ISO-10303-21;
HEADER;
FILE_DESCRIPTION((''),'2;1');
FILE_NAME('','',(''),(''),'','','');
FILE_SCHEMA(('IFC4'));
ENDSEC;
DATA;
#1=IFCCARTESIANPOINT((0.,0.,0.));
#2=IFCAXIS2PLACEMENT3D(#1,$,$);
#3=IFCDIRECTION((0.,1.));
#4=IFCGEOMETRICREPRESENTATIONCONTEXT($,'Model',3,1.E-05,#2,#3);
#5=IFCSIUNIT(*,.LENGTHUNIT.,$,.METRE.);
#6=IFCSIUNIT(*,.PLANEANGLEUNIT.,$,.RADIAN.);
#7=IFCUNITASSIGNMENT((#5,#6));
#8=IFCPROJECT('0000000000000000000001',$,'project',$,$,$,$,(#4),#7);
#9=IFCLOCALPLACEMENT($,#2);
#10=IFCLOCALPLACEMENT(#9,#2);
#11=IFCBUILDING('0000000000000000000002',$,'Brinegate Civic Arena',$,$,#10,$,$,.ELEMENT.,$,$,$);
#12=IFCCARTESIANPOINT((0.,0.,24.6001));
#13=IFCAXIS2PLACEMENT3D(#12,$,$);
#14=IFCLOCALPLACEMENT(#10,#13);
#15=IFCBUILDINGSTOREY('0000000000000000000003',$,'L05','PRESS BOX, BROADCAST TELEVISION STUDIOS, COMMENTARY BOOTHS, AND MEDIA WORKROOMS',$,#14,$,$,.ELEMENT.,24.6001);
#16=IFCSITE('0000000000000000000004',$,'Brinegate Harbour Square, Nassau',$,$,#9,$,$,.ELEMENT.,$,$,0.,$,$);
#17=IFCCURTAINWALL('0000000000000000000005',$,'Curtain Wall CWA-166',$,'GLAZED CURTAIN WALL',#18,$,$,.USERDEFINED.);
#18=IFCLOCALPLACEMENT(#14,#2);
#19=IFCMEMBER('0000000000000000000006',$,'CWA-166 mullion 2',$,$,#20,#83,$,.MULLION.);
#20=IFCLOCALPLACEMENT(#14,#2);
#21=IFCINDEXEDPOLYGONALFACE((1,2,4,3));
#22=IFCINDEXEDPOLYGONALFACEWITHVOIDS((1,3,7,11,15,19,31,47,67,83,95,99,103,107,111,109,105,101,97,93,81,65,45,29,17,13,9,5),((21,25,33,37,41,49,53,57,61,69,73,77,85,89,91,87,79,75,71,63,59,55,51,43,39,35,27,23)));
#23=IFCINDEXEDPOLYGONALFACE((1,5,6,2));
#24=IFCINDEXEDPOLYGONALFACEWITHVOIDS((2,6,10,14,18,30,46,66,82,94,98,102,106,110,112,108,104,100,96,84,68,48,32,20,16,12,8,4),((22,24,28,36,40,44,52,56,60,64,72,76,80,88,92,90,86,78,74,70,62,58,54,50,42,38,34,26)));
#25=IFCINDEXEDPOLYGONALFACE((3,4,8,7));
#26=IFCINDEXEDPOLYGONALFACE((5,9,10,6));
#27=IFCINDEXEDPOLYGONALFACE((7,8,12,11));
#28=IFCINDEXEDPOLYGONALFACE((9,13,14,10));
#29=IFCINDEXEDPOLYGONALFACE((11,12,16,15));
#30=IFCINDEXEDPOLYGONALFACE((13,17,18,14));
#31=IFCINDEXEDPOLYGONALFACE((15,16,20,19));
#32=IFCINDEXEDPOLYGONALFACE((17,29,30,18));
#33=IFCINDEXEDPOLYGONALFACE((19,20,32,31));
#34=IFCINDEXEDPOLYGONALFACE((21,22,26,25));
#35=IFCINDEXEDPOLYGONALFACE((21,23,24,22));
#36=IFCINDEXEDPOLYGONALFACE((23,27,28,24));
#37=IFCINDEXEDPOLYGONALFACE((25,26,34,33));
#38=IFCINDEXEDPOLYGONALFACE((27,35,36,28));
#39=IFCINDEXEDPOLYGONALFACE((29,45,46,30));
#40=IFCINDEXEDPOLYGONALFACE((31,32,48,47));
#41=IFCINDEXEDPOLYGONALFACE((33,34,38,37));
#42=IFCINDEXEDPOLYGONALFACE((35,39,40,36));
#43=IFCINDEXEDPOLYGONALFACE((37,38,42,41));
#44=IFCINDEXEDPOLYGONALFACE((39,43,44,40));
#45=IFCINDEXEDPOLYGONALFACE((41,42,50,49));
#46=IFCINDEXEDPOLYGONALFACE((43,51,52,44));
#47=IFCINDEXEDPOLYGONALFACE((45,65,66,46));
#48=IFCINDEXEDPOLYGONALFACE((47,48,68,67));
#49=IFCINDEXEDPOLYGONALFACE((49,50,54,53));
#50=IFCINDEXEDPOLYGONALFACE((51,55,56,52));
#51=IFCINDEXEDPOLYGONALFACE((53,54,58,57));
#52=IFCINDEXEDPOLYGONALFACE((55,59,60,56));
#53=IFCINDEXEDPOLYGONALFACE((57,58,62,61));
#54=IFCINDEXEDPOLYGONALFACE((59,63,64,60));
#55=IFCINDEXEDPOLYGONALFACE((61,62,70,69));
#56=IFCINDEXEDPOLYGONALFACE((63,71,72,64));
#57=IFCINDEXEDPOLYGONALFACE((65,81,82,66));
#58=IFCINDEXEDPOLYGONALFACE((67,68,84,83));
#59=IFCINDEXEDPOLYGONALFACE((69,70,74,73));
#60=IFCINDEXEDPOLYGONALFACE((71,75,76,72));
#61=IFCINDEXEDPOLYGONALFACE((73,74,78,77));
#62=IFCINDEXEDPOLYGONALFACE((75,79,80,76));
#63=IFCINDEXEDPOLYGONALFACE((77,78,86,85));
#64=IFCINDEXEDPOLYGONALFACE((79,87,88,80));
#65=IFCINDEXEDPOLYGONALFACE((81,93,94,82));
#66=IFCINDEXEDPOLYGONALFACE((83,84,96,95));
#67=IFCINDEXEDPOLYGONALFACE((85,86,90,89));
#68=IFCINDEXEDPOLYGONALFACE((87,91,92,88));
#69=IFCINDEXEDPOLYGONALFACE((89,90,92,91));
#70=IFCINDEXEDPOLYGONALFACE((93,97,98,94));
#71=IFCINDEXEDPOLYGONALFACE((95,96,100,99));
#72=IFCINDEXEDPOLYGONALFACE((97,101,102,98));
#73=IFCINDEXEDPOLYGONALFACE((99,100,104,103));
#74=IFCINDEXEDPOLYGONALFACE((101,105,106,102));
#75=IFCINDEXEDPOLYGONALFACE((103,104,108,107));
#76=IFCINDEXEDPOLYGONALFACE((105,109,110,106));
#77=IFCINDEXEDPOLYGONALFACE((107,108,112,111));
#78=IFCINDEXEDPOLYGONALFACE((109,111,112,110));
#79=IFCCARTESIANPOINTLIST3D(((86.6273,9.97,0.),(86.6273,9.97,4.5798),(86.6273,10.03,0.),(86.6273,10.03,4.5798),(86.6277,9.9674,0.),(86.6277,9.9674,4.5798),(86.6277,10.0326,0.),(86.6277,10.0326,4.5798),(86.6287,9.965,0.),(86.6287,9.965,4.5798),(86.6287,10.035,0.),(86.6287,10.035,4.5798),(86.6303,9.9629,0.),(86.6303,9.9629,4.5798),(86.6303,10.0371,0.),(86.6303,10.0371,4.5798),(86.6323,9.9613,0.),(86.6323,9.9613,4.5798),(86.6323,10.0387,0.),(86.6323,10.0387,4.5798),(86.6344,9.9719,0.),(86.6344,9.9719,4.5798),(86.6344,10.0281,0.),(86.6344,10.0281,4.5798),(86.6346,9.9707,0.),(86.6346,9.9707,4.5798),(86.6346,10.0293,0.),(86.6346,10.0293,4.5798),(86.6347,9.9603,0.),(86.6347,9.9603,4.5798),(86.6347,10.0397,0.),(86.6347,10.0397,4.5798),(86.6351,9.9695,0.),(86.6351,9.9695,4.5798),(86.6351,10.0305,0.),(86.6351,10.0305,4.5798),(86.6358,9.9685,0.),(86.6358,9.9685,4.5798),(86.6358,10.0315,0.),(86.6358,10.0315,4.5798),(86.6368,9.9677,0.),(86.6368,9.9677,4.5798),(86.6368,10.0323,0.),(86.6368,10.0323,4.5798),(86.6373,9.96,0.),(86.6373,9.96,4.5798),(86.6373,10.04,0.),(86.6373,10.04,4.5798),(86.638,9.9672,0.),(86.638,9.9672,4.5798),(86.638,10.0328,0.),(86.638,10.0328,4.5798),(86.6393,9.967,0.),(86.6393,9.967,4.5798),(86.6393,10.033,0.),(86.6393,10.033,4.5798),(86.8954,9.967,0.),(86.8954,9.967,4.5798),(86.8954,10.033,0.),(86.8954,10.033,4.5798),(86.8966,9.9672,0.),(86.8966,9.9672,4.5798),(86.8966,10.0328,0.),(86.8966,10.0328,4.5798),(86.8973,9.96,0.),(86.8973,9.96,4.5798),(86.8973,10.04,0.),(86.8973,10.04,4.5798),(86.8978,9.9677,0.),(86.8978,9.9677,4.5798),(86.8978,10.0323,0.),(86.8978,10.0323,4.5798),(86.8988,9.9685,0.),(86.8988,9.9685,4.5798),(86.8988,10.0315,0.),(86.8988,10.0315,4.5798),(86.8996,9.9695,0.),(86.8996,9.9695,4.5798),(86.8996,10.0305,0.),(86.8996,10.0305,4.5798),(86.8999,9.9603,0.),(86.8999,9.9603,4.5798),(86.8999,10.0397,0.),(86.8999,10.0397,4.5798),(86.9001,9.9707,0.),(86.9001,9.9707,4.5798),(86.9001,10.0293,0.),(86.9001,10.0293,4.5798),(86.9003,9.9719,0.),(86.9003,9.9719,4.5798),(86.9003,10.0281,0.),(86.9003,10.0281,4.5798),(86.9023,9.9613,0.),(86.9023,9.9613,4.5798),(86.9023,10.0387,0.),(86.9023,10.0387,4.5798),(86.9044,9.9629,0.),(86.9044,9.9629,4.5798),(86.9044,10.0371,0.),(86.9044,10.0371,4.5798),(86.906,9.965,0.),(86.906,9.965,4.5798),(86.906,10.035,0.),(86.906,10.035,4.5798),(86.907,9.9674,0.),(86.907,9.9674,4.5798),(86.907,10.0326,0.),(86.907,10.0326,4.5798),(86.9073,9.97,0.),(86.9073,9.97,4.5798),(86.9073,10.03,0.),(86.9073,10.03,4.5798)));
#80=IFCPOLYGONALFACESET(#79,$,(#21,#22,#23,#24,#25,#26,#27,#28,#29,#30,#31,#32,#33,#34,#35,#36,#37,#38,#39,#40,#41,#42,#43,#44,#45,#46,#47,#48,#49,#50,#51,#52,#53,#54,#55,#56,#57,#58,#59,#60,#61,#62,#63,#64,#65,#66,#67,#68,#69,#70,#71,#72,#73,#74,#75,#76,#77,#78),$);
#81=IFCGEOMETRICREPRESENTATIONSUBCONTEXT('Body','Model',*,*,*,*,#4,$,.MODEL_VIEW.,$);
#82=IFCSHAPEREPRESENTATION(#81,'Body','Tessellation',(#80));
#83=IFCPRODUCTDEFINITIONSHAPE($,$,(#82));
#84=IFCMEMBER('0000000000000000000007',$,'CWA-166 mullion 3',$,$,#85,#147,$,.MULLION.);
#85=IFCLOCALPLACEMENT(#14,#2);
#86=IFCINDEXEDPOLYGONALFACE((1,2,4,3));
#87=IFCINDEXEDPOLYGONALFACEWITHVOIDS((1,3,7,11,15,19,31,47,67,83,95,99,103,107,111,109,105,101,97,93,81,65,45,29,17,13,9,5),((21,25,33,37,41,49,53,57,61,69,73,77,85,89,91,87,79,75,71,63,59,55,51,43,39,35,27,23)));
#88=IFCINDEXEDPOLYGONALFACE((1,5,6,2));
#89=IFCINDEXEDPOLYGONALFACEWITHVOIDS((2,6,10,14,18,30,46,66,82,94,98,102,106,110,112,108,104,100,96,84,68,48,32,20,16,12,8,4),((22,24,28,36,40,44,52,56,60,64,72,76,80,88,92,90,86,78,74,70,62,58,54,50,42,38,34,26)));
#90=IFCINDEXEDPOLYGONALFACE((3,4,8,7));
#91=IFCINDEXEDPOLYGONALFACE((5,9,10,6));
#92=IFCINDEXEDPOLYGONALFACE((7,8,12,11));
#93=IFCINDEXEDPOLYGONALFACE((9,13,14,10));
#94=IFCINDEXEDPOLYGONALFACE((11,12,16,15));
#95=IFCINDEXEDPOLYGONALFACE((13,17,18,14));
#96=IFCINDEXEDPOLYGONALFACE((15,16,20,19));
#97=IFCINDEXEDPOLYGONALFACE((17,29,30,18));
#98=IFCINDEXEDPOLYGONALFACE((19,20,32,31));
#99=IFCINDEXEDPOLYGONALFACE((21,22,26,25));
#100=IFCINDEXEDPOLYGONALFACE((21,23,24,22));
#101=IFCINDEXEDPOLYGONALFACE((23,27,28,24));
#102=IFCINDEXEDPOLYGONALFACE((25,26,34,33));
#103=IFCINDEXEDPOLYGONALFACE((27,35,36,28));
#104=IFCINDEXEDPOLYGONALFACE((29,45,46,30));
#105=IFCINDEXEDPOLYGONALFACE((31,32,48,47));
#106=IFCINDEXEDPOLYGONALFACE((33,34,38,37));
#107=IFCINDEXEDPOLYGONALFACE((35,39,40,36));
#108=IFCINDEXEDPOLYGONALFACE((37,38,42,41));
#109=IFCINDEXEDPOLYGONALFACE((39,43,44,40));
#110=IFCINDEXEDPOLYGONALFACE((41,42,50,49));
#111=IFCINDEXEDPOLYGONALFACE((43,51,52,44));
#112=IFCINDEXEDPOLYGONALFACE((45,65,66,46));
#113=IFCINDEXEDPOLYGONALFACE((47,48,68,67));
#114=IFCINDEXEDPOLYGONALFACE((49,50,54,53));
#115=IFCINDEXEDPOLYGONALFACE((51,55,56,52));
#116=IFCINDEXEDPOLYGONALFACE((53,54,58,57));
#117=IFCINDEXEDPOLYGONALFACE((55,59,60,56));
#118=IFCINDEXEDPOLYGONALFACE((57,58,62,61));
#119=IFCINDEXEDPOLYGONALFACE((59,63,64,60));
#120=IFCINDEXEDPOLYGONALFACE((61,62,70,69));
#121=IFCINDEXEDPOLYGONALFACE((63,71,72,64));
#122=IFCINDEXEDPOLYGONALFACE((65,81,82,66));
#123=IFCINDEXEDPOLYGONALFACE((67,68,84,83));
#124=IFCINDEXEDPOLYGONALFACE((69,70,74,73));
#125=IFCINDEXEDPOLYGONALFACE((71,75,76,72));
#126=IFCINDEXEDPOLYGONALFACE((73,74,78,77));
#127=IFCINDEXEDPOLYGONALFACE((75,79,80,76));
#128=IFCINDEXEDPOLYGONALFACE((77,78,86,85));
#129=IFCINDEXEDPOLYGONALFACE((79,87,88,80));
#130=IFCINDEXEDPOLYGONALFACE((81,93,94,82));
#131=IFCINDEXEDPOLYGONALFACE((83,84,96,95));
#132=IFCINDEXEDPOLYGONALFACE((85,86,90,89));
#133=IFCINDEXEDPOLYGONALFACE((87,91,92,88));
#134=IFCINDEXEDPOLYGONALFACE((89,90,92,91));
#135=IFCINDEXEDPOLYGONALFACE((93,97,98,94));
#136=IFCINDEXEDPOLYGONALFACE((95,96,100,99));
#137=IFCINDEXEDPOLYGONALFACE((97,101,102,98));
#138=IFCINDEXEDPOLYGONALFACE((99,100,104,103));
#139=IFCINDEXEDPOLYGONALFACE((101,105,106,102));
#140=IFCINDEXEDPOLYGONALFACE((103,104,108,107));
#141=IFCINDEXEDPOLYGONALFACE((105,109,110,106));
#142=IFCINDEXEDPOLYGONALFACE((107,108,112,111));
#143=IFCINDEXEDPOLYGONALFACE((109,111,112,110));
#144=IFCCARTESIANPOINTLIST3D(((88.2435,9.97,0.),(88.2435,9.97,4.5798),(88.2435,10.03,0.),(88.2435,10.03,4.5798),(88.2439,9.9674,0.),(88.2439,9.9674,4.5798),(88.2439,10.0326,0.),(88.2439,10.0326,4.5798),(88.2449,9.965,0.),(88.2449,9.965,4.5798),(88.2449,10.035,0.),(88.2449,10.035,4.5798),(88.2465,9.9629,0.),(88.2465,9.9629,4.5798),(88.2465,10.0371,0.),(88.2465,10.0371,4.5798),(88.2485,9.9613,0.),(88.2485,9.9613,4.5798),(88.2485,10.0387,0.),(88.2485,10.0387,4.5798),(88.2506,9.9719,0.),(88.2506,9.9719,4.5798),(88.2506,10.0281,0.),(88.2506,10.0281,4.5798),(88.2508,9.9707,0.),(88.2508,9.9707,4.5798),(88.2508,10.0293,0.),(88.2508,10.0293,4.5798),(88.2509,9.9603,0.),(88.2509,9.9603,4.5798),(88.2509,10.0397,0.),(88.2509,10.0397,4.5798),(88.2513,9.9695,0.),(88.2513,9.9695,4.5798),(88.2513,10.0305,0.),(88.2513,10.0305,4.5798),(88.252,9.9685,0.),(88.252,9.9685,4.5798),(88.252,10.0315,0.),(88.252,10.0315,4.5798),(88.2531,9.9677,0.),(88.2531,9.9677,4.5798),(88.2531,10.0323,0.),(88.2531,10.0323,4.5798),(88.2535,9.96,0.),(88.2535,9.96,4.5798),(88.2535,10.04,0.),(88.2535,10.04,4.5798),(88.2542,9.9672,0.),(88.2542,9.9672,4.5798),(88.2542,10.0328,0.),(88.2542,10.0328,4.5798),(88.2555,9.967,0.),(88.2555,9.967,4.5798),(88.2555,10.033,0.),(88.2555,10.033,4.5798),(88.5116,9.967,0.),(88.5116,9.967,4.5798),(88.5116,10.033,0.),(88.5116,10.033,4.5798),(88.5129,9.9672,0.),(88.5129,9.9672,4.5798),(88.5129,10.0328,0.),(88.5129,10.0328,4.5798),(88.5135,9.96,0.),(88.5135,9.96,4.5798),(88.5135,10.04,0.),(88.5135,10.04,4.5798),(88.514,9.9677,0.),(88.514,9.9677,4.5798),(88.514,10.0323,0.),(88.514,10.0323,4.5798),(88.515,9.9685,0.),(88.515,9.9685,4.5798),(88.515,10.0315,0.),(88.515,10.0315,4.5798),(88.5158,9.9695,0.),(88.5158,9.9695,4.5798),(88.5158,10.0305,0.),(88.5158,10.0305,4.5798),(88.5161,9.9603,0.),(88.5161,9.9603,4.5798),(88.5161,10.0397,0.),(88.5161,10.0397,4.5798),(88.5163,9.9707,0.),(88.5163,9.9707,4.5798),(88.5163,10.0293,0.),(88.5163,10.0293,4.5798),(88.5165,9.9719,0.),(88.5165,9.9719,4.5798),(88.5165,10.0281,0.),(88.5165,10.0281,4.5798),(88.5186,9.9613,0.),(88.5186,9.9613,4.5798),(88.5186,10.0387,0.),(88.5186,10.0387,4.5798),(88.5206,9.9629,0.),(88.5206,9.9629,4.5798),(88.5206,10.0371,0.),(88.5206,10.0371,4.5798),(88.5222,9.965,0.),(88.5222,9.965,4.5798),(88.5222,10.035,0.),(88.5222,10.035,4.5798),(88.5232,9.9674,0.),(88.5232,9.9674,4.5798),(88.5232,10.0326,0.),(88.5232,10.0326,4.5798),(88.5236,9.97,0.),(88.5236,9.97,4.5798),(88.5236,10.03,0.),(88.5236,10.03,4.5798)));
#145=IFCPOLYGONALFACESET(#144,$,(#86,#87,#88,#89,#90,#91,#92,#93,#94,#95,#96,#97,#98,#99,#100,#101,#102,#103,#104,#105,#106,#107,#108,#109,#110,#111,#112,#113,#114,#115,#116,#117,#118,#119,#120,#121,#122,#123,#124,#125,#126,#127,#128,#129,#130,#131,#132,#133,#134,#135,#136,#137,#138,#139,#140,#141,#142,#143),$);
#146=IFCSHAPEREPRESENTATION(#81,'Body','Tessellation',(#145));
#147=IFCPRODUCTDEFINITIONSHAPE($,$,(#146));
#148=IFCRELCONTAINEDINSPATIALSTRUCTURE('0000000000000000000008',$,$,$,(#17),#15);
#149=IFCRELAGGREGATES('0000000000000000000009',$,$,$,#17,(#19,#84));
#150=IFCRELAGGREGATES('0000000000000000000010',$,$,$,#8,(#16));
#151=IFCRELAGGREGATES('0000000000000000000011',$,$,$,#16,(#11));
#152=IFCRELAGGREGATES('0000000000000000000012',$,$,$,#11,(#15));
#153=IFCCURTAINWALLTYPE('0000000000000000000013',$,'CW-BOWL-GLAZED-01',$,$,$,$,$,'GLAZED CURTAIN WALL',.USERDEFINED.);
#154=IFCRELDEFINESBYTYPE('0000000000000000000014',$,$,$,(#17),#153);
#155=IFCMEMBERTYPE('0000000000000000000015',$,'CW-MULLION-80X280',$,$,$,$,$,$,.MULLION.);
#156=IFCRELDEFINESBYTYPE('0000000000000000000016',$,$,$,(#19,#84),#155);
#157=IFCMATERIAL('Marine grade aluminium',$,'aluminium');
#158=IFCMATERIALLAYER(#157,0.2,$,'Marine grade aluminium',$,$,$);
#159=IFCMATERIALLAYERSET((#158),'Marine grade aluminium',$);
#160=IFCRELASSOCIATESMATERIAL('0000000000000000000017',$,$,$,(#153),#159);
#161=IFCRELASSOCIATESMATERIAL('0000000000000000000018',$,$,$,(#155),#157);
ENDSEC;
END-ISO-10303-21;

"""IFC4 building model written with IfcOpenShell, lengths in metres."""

from ifc_helpers import new_model, si_unit, direction, frame, origin, origin_2d, place, context, subcontext, project, spatial, hollow_rectangle, extrude, material, layer, layer_set, material_profile, profile_set, type_object, element, aggregate, save


model = new_model("IFC4")

# Units and contexts
model_context = context("Model", 3, precision=1e-05, world=origin(), true_north=direction((0.0, 1.0)))
body_context = subcontext(model_context, "Body", "Model", "MODEL_VIEW")
ifc_project = project(units=[si_unit("LENGTHUNIT", "METRE"), si_unit("PLANEANGLEUNIT", "RADIAN")], contexts=[model_context])

# Site, building, storey
site_placement = place(None, origin())
site = spatial("IfcSite", under=ifc_project, at=site_placement, Name="Brinegate Harbour Square, Nassau", CompositionType="ELEMENT", RefElevation=0.0)
building_placement = place(site_placement, origin())
building = spatial("IfcBuilding", under=site, at=building_placement, Name="Brinegate Civic Arena", CompositionType="ELEMENT")
storey_placement = place(building_placement, frame((0.0, 0.0, 24.6001)))
storey = spatial("IfcBuildingStorey", under=building, at=storey_placement, Name="L05", Description="PRESS BOX, BROADCAST TELEVISION STUDIOS, COMMENTARY BOOTHS, AND MEDIA WORKROOMS", CompositionType="ELEMENT", Elevation=24.6001)

# Shared definitions
ifc_material_1 = material(Name="Marine grade aluminium", Category="aluminium")
ifc_layer_1 = layer(ifc_material_1, 0.2, Name="Marine grade aluminium")
ifc_layer_set_1 = layer_set([ifc_layer_1], Name="Marine grade aluminium")
curtain_wall_type = type_object("IfcCurtainWallType", Name="CW-BOWL-GLAZED-01", ElementType="GLAZED CURTAIN WALL", PredefinedType="USERDEFINED", material=ifc_layer_set_1)

# Curtain wall, members
curtain_wall_1_placement = place(storey_placement, origin())
curtain_wall_1 = element("IfcCurtainWall", 1, at=curtain_wall_1_placement, inside=storey, type_object=curtain_wall_type, Name="Curtain Wall CWA-166", ObjectType="GLAZED CURTAIN WALL", PredefinedType="USERDEFINED")
ifc_material_profile_1 = material_profile(ifc_material_1, hollow_rectangle(XDim=0.0801, YDim=0.28, WallThickness=0.0071, InnerFilletRadius=0.0049, OuterFilletRadius=0.01, at=origin_2d()), Name="MUL80X280")
ifc_profile_set_1 = profile_set([ifc_material_profile_1], Name="Marine grade aluminium")
member_type_1 = type_object("IfcMemberType", Name="CW-MULLION-80X280", PredefinedType="MULLION", material=ifc_profile_set_1)
member_1_placement = place(storey_placement, frame((86.7673, 10.0, 0.0), z_axis=(0.0, 0.0, 1.0), x_axis=(0.0, 1.0, 0.0)))
member_1 = element("IfcMember", 2, at=member_1_placement, type_object=member_type_1, Name="CWA-166 mullion 2", PredefinedType="MULLION", context=body_context, shape_type="SweptSolid", body=[
    extrude(hollow_rectangle(XDim=0.0801, YDim=0.28, WallThickness=0.0071, InnerFilletRadius=0.0049, OuterFilletRadius=0.01, at=origin_2d()), origin(), (0.0, 0.0, 1.0), 4.5798),
])
member_2_placement = place(storey_placement, frame((88.3835, 10.0, 0.0), z_axis=(0.0, 0.0, 1.0), x_axis=(0.0, 1.0, 0.0)))
member_2 = element("IfcMember", 3, at=member_2_placement, type_object=member_type_1, Name="CWA-166 mullion 3", PredefinedType="MULLION", context=body_context, shape_type="SweptSolid", body=[
    extrude(hollow_rectangle(XDim=0.0801, YDim=0.28, WallThickness=0.0071, InnerFilletRadius=0.0049, OuterFilletRadius=0.01, at=origin_2d()), origin(), (0.0, 0.0, 1.0), 4.5798),
])

aggregate(curtain_wall_1, [member_1, member_2])

save(model, "model.ifc")
